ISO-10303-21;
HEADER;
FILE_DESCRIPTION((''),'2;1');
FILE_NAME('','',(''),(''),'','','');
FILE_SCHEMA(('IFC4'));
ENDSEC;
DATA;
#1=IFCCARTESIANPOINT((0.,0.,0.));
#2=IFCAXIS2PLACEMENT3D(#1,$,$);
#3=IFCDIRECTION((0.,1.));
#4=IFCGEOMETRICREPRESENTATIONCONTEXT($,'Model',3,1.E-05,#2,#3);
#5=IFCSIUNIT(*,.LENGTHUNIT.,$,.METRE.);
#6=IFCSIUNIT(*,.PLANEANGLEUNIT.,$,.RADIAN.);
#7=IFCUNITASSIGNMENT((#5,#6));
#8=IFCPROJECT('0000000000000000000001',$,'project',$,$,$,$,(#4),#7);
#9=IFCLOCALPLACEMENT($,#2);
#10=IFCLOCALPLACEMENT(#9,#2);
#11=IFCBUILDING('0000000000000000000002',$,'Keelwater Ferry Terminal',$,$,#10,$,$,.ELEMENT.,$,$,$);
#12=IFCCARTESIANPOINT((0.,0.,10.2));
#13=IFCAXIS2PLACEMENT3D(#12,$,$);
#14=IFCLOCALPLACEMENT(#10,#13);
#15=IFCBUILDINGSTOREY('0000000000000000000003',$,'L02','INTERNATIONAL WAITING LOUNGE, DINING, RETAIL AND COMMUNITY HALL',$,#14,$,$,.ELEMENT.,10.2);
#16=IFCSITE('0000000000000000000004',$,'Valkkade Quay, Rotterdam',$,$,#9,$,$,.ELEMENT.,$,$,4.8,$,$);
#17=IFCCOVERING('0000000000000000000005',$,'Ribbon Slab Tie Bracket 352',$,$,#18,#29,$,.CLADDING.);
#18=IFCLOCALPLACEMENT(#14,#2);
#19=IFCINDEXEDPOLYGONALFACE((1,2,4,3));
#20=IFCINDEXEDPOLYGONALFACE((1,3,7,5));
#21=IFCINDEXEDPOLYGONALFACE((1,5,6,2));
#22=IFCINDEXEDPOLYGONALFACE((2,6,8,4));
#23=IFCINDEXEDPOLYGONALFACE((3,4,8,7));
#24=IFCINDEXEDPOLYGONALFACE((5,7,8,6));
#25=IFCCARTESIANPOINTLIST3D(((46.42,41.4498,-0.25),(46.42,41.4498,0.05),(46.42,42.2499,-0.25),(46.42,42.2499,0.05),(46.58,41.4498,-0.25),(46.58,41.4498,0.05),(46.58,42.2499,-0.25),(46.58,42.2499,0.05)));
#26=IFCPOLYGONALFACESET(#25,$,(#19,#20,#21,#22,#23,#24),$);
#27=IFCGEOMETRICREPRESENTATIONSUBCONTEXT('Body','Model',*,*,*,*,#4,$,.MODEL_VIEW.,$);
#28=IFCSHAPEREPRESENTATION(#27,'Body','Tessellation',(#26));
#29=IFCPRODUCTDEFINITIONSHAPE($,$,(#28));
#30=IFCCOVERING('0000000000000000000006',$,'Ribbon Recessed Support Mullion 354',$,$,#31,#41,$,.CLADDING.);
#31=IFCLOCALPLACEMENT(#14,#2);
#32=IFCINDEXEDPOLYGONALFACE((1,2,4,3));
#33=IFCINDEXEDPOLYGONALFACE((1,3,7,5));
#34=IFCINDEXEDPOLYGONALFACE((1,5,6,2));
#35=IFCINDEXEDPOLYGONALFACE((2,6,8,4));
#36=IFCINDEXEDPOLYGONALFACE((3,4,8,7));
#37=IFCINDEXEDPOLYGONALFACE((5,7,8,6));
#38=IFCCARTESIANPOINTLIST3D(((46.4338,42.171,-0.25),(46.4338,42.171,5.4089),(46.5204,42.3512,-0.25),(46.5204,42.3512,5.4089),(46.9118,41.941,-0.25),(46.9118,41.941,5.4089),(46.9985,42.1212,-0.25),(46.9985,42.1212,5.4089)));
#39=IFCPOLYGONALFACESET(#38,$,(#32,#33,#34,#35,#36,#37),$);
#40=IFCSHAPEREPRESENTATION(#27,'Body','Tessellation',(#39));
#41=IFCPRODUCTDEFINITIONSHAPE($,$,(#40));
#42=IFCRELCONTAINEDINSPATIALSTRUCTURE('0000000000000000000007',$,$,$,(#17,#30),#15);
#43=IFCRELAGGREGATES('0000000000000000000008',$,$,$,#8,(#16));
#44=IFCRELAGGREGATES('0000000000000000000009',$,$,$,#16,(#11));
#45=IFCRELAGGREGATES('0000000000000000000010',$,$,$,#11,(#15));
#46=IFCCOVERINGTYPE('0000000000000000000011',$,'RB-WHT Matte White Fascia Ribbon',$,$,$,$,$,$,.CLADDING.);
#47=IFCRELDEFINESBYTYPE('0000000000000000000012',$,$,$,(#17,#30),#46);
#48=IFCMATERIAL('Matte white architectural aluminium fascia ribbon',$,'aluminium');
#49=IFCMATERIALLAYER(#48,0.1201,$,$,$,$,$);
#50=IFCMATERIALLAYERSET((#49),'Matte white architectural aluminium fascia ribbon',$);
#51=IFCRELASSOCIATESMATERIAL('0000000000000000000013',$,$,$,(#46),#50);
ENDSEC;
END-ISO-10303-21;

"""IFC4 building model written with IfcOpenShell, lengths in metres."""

from ifc_helpers import new_model, si_unit, direction, frame, frame_2d, origin, place, context, subcontext, project, spatial, polyline, rectangle, outline, extrude, material, layer, layer_set, type_object, element, save


model = new_model("IFC4")

# Units and contexts
model_context = context("Model", 3, precision=1e-05, world=origin(), true_north=direction((0.0, 1.0)))
body_context = subcontext(model_context, "Body", "Model", "MODEL_VIEW")
ifc_project = project(units=[si_unit("LENGTHUNIT", "METRE"), si_unit("PLANEANGLEUNIT", "RADIAN")], contexts=[model_context])

# Site, building, storey
site_placement = place(None, origin())
site = spatial("IfcSite", under=ifc_project, at=site_placement, Name="Valkkade Quay, Rotterdam", CompositionType="ELEMENT", RefElevation=4.8)
building_placement = place(site_placement, origin())
building = spatial("IfcBuilding", under=site, at=building_placement, Name="Keelwater Ferry Terminal", CompositionType="ELEMENT")
storey_placement = place(building_placement, frame((0.0, 0.0, 10.2)))
storey = spatial("IfcBuildingStorey", under=building, at=storey_placement, Name="L02", Description="INTERNATIONAL WAITING LOUNGE, DINING, RETAIL AND COMMUNITY HALL", CompositionType="ELEMENT", Elevation=10.2)

# Coverings
ifc_material_1 = material(Name="Matte white architectural aluminium fascia ribbon", Category="aluminium")
ifc_layer_1 = layer(ifc_material_1, 0.1201)
ifc_layer_set_1 = layer_set([ifc_layer_1], Name="Matte white architectural aluminium fascia ribbon")
covering_type = type_object("IfcCoveringType", Name="RB-WHT Matte White Fascia Ribbon", PredefinedType="CLADDING", material=ifc_layer_set_1)
covering_1_placement = place(storey_placement, frame((46.5, 41.45, -0.25), z_axis=(0.0, 0.0, 1.0), x_axis=(0.0, 1.0, 0.0)))
element("IfcCovering", 1, at=covering_1_placement, inside=storey, type_object=covering_type, Name="Ribbon Slab Tie Bracket 352", PredefinedType="CLADDING", context=body_context, shape_type="SweptSolid", body=[
    extrude(rectangle(XDim=0.8, YDim=0.1599, at=frame_2d((0.3999, 0.0))), origin(), (0.0, 0.0, 1.0), 0.3),
])
covering_2_placement = place(storey_placement, frame((46.4771, 42.261, -0.25), z_axis=(0.0, 0.0, 1.0), x_axis=(0.901135, -0.433539, 0.0)))
element("IfcCovering", 2, at=covering_2_placement, inside=storey, type_object=covering_type, Name="Ribbon Recessed Support Mullion 354", PredefinedType="CLADDING", context=body_context, shape_type="SweptSolid", body=[
    extrude(outline(polyline([(0.0, 0.0), (0.5305, 0.0), (0.5305, 5.6589), (0.0, 5.6589), (0.0, 0.0)])), frame((0.0, 0.1001, 0.0), z_axis=(0.0, -1.0, 0.0), x_axis=(1.0, 0.0, 0.0)), (0.0, 0.0, 1.0), 0.2),
])

save(model, "model.ifc")
